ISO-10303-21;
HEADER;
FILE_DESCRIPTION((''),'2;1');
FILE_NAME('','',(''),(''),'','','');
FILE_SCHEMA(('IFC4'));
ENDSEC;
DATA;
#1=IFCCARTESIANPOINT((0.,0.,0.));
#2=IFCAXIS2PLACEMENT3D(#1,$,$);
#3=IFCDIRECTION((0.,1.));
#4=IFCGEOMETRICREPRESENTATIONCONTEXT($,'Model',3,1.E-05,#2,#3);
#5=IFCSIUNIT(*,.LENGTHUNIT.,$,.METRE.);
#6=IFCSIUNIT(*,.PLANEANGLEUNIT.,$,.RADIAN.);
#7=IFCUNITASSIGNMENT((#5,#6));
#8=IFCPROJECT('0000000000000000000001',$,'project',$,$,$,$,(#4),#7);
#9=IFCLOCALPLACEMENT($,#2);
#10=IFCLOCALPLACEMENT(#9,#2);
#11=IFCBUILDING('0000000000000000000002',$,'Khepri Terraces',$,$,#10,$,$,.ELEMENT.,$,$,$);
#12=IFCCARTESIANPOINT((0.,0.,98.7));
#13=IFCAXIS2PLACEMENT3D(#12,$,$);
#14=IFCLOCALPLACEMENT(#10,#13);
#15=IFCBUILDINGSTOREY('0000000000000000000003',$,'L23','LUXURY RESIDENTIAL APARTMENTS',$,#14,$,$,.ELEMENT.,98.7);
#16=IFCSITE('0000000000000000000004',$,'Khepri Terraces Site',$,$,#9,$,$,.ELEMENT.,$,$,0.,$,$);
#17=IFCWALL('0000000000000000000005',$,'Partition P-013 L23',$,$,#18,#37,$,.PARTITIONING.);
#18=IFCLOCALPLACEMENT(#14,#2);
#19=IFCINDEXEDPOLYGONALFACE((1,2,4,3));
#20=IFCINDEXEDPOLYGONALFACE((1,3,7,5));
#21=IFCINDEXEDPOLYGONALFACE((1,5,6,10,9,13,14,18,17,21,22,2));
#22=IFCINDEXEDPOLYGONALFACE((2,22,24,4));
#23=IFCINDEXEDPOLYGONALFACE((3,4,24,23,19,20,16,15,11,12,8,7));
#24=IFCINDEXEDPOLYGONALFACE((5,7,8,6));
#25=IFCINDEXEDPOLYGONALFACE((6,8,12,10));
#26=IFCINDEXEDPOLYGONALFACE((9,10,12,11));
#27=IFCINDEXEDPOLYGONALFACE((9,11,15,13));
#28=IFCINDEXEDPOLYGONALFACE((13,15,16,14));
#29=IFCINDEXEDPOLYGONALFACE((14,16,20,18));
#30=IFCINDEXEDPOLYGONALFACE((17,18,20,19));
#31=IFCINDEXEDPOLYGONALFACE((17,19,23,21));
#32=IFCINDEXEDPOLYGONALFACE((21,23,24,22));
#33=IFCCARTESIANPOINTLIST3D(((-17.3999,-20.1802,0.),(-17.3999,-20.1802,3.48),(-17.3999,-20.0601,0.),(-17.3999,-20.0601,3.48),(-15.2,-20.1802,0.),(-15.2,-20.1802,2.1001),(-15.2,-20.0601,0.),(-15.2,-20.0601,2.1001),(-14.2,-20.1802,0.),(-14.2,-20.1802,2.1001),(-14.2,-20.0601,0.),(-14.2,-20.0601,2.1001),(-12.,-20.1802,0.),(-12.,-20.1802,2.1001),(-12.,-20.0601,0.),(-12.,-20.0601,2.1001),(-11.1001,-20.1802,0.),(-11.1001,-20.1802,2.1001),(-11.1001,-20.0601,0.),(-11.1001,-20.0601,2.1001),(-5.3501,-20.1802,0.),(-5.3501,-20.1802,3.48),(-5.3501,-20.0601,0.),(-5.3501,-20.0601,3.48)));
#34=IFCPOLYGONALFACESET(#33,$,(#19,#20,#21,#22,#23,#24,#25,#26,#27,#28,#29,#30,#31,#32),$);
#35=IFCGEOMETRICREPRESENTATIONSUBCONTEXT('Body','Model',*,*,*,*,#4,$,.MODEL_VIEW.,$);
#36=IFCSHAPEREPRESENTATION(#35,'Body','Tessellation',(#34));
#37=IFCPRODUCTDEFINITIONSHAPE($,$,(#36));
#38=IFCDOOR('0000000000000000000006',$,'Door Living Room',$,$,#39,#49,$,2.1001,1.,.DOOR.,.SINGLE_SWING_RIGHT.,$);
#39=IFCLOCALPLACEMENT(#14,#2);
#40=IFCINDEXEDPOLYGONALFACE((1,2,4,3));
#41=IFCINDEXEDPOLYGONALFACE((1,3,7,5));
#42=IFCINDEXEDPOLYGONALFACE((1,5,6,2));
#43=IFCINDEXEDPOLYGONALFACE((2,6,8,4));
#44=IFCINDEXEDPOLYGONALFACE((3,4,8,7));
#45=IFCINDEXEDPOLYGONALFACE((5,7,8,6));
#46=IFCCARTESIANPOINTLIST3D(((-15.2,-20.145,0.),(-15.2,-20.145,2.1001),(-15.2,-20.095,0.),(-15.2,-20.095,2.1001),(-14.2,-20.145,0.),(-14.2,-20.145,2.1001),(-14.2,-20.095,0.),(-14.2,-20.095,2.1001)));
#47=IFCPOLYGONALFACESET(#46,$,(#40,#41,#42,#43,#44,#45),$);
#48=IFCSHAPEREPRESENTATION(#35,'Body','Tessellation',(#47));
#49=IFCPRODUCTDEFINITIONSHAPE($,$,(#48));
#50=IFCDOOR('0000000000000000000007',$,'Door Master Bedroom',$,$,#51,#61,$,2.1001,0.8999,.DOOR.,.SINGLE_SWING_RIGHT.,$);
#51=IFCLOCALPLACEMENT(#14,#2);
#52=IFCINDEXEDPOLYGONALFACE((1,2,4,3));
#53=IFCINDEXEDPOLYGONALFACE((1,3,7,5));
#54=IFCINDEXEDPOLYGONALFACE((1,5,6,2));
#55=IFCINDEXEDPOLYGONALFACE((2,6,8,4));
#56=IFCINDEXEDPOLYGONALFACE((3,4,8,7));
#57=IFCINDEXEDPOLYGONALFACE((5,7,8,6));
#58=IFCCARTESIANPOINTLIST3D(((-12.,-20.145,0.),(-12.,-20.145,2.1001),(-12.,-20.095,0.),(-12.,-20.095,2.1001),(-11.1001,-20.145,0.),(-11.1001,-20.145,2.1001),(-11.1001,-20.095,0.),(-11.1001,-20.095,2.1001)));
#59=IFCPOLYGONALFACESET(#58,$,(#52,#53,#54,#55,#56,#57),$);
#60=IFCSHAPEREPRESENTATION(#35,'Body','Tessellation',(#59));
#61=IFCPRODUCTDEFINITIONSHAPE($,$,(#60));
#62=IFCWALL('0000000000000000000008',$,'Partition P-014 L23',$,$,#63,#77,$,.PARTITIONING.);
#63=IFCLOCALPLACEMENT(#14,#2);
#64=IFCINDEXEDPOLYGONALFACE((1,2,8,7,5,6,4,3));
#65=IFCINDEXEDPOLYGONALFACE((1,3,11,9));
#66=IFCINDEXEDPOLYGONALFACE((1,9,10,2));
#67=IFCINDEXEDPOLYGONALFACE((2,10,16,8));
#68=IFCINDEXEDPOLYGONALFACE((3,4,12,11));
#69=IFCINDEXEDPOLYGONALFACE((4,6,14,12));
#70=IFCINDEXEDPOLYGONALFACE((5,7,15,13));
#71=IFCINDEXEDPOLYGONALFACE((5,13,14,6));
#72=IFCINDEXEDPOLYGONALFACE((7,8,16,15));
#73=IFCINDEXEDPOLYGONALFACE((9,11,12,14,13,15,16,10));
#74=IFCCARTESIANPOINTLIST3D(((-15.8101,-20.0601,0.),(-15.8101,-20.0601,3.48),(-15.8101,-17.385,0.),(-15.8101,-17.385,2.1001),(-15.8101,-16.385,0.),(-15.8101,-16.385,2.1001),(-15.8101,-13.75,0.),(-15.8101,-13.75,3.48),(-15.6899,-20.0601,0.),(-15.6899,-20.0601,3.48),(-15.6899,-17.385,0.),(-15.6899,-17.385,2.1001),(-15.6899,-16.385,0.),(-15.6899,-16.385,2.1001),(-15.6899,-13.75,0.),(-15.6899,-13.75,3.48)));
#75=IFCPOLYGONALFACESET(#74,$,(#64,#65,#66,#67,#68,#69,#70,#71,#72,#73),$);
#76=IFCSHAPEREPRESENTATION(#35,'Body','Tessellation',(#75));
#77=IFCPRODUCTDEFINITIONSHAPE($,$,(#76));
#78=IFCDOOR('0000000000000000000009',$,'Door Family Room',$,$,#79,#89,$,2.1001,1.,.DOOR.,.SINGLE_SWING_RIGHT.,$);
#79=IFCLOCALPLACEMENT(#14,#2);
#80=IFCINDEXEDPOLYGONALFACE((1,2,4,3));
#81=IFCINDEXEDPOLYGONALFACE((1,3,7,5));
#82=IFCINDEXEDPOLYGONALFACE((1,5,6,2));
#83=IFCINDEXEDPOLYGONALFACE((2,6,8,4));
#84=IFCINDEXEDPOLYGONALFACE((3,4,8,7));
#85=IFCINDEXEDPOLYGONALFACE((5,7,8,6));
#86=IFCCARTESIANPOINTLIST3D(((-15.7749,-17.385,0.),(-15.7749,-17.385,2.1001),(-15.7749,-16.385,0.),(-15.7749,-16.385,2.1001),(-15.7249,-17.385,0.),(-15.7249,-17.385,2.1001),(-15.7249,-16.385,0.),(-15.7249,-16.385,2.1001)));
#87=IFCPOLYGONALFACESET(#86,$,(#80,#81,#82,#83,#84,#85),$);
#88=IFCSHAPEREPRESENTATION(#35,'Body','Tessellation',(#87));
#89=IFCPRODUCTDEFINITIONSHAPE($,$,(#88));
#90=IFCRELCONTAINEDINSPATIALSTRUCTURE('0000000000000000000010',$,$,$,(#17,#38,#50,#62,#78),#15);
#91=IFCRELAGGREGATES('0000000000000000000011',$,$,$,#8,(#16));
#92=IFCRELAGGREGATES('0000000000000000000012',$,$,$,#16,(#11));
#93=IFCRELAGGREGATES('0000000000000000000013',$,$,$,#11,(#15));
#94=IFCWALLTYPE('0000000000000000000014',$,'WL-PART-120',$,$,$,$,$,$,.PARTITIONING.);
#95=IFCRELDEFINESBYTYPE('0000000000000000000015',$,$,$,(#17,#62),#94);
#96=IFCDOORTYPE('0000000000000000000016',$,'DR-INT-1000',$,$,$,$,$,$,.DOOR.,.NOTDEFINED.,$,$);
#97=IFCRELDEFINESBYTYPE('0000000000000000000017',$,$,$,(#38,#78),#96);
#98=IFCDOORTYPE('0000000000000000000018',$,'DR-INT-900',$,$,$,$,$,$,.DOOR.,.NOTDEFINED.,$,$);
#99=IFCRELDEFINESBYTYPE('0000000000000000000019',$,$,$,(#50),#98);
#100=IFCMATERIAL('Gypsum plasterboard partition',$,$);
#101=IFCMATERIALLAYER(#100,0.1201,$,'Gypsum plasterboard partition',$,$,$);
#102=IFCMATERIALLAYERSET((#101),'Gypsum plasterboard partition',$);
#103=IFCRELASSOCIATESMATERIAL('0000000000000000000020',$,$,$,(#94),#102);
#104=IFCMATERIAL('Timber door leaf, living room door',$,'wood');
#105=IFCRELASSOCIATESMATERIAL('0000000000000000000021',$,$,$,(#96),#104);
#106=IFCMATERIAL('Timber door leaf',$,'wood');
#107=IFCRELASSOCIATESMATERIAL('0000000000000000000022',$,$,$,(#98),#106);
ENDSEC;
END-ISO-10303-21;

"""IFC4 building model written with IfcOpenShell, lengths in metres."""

from ifc_helpers import new_model, si_unit, direction, frame, frame_2d, origin, place, context, subcontext, project, spatial, rectangle, extrude, material, layer, layer_set, type_object, element, fill, save


model = new_model("IFC4")

# Units and contexts
model_context = context("Model", 3, precision=1e-05, world=origin(), true_north=direction((0.0, 1.0)))
body_context = subcontext(model_context, "Body", "Model", "MODEL_VIEW")
ifc_project = project(units=[si_unit("LENGTHUNIT", "METRE"), si_unit("PLANEANGLEUNIT", "RADIAN")], contexts=[model_context])

# Site, building, storey
site_placement = place(None, origin())
site = spatial("IfcSite", under=ifc_project, at=site_placement, Name="Khepri Terraces Site", CompositionType="ELEMENT", RefElevation=0.0)
building_placement = place(site_placement, origin())
building = spatial("IfcBuilding", under=site, at=building_placement, Name="Khepri Terraces", CompositionType="ELEMENT")
storey_placement = place(building_placement, frame((0.0, 0.0, 98.7)))
storey = spatial("IfcBuildingStorey", under=building, at=storey_placement, Name="L23", Description="LUXURY RESIDENTIAL APARTMENTS", CompositionType="ELEMENT", Elevation=98.7)

# Shared definitions
ifc_material_1 = material(Name="Gypsum plasterboard partition")
ifc_layer_1 = layer(ifc_material_1, 0.1201, Name="Gypsum plasterboard partition")
ifc_layer_set_1 = layer_set([ifc_layer_1], Name="Gypsum plasterboard partition")
wall_type_1 = type_object("IfcWallType", Name="WL-PART-120", PredefinedType="PARTITIONING", material=ifc_layer_set_1)

# Wall, openings, doors
wall_1_placement = place(storey_placement, frame((-17.3999, -20.1201, 0.0), z_axis=(0.0, 0.0, 1.0), x_axis=(1.0, 0.0, 0.0)))
wall_1 = element("IfcWall", 1, at=wall_1_placement, inside=storey, type_object=wall_type_1, Name="Partition P-013 L23", PredefinedType="PARTITIONING", context=body_context, shape_type="SweptSolid", body=[
    extrude(rectangle(XDim=12.0498, YDim=0.1201, at=frame_2d((6.0249, 0.0))), origin(), (0.0, 0.0, 1.0), 3.48),
])
opening_1_placement = place(wall_1_placement, frame((2.2, 0.0, 0.0)))
opening_1 = element("IfcOpeningElement", 2, at=opening_1_placement, cuts=wall_1, PredefinedType="OPENING", context=body_context, shape_type="SweptSolid", body=[
    extrude(rectangle(XDim=1.0, YDim=2.1001, at=frame_2d((0.5, 1.05))), frame((0.0, 0.0701, 0.0), z_axis=(0.0, -1.0, 0.0), x_axis=(1.0, 0.0, 0.0)), (0.0, 0.0, 1.0), 0.1401),
])
opening_2_placement = place(wall_1_placement, frame((5.3999, 0.0, 0.0)))
opening_2 = element("IfcOpeningElement", 3, at=opening_2_placement, cuts=wall_1, PredefinedType="OPENING", context=body_context, shape_type="SweptSolid", body=[
    extrude(rectangle(XDim=0.8999, YDim=2.1001, at=frame_2d((0.45, 1.05))), frame((0.0, 0.0701, 0.0), z_axis=(0.0, -1.0, 0.0), x_axis=(1.0, 0.0, 0.0)), (0.0, 0.0, 1.0), 0.1401),
])
ifc_material_2 = material(Name="Timber door leaf, living room door", Category="wood")
door_type_1 = type_object("IfcDoorType", Name="DR-INT-1000", OperationType="NOTDEFINED", PredefinedType="DOOR", material=ifc_material_2)
door_1_placement = place(opening_1_placement, frame((1.0, 0.0, 0.0), z_axis=(0.0, 0.0, 1.0), x_axis=(-1.0, 0.0, 0.0)))
door_1 = element("IfcDoor", 4, at=door_1_placement, inside=storey, type_object=door_type_1, Name="Door Living Room", OperationType="SINGLE_SWING_RIGHT", OverallHeight=2.1001, OverallWidth=1.0, PredefinedType="DOOR", context=body_context, shape_type="SweptSolid", body=[
    extrude(rectangle(XDim=1.0, YDim=2.1001, at=frame_2d((0.5, 1.05))), frame((0.0, 0.0249, 0.0), z_axis=(0.0, -1.0, 0.0), x_axis=(1.0, 0.0, 0.0)), (0.0, 0.0, 1.0), 0.05),
])
fill(opening_1, door_1)
ifc_material_3 = material(Name="Timber door leaf", Category="wood")
door_type_2 = type_object("IfcDoorType", Name="DR-INT-900", OperationType="NOTDEFINED", PredefinedType="DOOR", material=ifc_material_3)
door_2_placement = place(opening_2_placement, frame((0.8999, 0.0, 0.0), z_axis=(0.0, 0.0, 1.0), x_axis=(-1.0, 0.0, 0.0)))
door_2 = element("IfcDoor", 5, at=door_2_placement, inside=storey, type_object=door_type_2, Name="Door Master Bedroom", OperationType="SINGLE_SWING_RIGHT", OverallHeight=2.1001, OverallWidth=0.8999, PredefinedType="DOOR", context=body_context, shape_type="SweptSolid", body=[
    extrude(rectangle(XDim=0.8999, YDim=2.1001, at=frame_2d((0.45, 1.05))), frame((0.0, 0.0249, 0.0), z_axis=(0.0, -1.0, 0.0), x_axis=(1.0, 0.0, 0.0)), (0.0, 0.0, 1.0), 0.05),
])
fill(opening_2, door_2)

# Wall, opening, door
wall_2_placement = place(storey_placement, frame((-15.75, -20.0601, 0.0), z_axis=(0.0, 0.0, 1.0), x_axis=(0.0, 1.0, 0.0)))
wall_2 = element("IfcWall", 6, at=wall_2_placement, inside=storey, type_object=wall_type_1, Name="Partition P-014 L23", PredefinedType="PARTITIONING", context=body_context, shape_type="SweptSolid", body=[
    extrude(rectangle(XDim=6.3101, YDim=0.1201, at=frame_2d((3.155, 0.0))), origin(), (0.0, 0.0, 1.0), 3.48),
])
opening_3_placement = place(wall_2_placement, frame((2.675, 0.0, 0.0)))
opening_3 = element("IfcOpeningElement", 7, at=opening_3_placement, cuts=wall_2, PredefinedType="OPENING", context=body_context, shape_type="SweptSolid", body=[
    extrude(rectangle(XDim=1.0, YDim=2.1001, at=frame_2d((0.5, 1.05))), frame((0.0, 0.0701, 0.0), z_axis=(0.0, -1.0, 0.0), x_axis=(1.0, 0.0, 0.0)), (0.0, 0.0, 1.0), 0.1401),
])
door_3_placement = place(opening_3_placement, origin())
door_3 = element("IfcDoor", 8, at=door_3_placement, inside=storey, type_object=door_type_1, Name="Door Family Room", OperationType="SINGLE_SWING_RIGHT", OverallHeight=2.1001, OverallWidth=1.0, PredefinedType="DOOR", context=body_context, shape_type="SweptSolid", body=[
    extrude(rectangle(XDim=1.0, YDim=2.1001, at=frame_2d((0.5, 1.05))), frame((0.0, 0.0249, 0.0), z_axis=(0.0, -1.0, 0.0), x_axis=(1.0, 0.0, 0.0)), (0.0, 0.0, 1.0), 0.05),
])
fill(opening_3, door_3)

save(model, "model.ifc")
